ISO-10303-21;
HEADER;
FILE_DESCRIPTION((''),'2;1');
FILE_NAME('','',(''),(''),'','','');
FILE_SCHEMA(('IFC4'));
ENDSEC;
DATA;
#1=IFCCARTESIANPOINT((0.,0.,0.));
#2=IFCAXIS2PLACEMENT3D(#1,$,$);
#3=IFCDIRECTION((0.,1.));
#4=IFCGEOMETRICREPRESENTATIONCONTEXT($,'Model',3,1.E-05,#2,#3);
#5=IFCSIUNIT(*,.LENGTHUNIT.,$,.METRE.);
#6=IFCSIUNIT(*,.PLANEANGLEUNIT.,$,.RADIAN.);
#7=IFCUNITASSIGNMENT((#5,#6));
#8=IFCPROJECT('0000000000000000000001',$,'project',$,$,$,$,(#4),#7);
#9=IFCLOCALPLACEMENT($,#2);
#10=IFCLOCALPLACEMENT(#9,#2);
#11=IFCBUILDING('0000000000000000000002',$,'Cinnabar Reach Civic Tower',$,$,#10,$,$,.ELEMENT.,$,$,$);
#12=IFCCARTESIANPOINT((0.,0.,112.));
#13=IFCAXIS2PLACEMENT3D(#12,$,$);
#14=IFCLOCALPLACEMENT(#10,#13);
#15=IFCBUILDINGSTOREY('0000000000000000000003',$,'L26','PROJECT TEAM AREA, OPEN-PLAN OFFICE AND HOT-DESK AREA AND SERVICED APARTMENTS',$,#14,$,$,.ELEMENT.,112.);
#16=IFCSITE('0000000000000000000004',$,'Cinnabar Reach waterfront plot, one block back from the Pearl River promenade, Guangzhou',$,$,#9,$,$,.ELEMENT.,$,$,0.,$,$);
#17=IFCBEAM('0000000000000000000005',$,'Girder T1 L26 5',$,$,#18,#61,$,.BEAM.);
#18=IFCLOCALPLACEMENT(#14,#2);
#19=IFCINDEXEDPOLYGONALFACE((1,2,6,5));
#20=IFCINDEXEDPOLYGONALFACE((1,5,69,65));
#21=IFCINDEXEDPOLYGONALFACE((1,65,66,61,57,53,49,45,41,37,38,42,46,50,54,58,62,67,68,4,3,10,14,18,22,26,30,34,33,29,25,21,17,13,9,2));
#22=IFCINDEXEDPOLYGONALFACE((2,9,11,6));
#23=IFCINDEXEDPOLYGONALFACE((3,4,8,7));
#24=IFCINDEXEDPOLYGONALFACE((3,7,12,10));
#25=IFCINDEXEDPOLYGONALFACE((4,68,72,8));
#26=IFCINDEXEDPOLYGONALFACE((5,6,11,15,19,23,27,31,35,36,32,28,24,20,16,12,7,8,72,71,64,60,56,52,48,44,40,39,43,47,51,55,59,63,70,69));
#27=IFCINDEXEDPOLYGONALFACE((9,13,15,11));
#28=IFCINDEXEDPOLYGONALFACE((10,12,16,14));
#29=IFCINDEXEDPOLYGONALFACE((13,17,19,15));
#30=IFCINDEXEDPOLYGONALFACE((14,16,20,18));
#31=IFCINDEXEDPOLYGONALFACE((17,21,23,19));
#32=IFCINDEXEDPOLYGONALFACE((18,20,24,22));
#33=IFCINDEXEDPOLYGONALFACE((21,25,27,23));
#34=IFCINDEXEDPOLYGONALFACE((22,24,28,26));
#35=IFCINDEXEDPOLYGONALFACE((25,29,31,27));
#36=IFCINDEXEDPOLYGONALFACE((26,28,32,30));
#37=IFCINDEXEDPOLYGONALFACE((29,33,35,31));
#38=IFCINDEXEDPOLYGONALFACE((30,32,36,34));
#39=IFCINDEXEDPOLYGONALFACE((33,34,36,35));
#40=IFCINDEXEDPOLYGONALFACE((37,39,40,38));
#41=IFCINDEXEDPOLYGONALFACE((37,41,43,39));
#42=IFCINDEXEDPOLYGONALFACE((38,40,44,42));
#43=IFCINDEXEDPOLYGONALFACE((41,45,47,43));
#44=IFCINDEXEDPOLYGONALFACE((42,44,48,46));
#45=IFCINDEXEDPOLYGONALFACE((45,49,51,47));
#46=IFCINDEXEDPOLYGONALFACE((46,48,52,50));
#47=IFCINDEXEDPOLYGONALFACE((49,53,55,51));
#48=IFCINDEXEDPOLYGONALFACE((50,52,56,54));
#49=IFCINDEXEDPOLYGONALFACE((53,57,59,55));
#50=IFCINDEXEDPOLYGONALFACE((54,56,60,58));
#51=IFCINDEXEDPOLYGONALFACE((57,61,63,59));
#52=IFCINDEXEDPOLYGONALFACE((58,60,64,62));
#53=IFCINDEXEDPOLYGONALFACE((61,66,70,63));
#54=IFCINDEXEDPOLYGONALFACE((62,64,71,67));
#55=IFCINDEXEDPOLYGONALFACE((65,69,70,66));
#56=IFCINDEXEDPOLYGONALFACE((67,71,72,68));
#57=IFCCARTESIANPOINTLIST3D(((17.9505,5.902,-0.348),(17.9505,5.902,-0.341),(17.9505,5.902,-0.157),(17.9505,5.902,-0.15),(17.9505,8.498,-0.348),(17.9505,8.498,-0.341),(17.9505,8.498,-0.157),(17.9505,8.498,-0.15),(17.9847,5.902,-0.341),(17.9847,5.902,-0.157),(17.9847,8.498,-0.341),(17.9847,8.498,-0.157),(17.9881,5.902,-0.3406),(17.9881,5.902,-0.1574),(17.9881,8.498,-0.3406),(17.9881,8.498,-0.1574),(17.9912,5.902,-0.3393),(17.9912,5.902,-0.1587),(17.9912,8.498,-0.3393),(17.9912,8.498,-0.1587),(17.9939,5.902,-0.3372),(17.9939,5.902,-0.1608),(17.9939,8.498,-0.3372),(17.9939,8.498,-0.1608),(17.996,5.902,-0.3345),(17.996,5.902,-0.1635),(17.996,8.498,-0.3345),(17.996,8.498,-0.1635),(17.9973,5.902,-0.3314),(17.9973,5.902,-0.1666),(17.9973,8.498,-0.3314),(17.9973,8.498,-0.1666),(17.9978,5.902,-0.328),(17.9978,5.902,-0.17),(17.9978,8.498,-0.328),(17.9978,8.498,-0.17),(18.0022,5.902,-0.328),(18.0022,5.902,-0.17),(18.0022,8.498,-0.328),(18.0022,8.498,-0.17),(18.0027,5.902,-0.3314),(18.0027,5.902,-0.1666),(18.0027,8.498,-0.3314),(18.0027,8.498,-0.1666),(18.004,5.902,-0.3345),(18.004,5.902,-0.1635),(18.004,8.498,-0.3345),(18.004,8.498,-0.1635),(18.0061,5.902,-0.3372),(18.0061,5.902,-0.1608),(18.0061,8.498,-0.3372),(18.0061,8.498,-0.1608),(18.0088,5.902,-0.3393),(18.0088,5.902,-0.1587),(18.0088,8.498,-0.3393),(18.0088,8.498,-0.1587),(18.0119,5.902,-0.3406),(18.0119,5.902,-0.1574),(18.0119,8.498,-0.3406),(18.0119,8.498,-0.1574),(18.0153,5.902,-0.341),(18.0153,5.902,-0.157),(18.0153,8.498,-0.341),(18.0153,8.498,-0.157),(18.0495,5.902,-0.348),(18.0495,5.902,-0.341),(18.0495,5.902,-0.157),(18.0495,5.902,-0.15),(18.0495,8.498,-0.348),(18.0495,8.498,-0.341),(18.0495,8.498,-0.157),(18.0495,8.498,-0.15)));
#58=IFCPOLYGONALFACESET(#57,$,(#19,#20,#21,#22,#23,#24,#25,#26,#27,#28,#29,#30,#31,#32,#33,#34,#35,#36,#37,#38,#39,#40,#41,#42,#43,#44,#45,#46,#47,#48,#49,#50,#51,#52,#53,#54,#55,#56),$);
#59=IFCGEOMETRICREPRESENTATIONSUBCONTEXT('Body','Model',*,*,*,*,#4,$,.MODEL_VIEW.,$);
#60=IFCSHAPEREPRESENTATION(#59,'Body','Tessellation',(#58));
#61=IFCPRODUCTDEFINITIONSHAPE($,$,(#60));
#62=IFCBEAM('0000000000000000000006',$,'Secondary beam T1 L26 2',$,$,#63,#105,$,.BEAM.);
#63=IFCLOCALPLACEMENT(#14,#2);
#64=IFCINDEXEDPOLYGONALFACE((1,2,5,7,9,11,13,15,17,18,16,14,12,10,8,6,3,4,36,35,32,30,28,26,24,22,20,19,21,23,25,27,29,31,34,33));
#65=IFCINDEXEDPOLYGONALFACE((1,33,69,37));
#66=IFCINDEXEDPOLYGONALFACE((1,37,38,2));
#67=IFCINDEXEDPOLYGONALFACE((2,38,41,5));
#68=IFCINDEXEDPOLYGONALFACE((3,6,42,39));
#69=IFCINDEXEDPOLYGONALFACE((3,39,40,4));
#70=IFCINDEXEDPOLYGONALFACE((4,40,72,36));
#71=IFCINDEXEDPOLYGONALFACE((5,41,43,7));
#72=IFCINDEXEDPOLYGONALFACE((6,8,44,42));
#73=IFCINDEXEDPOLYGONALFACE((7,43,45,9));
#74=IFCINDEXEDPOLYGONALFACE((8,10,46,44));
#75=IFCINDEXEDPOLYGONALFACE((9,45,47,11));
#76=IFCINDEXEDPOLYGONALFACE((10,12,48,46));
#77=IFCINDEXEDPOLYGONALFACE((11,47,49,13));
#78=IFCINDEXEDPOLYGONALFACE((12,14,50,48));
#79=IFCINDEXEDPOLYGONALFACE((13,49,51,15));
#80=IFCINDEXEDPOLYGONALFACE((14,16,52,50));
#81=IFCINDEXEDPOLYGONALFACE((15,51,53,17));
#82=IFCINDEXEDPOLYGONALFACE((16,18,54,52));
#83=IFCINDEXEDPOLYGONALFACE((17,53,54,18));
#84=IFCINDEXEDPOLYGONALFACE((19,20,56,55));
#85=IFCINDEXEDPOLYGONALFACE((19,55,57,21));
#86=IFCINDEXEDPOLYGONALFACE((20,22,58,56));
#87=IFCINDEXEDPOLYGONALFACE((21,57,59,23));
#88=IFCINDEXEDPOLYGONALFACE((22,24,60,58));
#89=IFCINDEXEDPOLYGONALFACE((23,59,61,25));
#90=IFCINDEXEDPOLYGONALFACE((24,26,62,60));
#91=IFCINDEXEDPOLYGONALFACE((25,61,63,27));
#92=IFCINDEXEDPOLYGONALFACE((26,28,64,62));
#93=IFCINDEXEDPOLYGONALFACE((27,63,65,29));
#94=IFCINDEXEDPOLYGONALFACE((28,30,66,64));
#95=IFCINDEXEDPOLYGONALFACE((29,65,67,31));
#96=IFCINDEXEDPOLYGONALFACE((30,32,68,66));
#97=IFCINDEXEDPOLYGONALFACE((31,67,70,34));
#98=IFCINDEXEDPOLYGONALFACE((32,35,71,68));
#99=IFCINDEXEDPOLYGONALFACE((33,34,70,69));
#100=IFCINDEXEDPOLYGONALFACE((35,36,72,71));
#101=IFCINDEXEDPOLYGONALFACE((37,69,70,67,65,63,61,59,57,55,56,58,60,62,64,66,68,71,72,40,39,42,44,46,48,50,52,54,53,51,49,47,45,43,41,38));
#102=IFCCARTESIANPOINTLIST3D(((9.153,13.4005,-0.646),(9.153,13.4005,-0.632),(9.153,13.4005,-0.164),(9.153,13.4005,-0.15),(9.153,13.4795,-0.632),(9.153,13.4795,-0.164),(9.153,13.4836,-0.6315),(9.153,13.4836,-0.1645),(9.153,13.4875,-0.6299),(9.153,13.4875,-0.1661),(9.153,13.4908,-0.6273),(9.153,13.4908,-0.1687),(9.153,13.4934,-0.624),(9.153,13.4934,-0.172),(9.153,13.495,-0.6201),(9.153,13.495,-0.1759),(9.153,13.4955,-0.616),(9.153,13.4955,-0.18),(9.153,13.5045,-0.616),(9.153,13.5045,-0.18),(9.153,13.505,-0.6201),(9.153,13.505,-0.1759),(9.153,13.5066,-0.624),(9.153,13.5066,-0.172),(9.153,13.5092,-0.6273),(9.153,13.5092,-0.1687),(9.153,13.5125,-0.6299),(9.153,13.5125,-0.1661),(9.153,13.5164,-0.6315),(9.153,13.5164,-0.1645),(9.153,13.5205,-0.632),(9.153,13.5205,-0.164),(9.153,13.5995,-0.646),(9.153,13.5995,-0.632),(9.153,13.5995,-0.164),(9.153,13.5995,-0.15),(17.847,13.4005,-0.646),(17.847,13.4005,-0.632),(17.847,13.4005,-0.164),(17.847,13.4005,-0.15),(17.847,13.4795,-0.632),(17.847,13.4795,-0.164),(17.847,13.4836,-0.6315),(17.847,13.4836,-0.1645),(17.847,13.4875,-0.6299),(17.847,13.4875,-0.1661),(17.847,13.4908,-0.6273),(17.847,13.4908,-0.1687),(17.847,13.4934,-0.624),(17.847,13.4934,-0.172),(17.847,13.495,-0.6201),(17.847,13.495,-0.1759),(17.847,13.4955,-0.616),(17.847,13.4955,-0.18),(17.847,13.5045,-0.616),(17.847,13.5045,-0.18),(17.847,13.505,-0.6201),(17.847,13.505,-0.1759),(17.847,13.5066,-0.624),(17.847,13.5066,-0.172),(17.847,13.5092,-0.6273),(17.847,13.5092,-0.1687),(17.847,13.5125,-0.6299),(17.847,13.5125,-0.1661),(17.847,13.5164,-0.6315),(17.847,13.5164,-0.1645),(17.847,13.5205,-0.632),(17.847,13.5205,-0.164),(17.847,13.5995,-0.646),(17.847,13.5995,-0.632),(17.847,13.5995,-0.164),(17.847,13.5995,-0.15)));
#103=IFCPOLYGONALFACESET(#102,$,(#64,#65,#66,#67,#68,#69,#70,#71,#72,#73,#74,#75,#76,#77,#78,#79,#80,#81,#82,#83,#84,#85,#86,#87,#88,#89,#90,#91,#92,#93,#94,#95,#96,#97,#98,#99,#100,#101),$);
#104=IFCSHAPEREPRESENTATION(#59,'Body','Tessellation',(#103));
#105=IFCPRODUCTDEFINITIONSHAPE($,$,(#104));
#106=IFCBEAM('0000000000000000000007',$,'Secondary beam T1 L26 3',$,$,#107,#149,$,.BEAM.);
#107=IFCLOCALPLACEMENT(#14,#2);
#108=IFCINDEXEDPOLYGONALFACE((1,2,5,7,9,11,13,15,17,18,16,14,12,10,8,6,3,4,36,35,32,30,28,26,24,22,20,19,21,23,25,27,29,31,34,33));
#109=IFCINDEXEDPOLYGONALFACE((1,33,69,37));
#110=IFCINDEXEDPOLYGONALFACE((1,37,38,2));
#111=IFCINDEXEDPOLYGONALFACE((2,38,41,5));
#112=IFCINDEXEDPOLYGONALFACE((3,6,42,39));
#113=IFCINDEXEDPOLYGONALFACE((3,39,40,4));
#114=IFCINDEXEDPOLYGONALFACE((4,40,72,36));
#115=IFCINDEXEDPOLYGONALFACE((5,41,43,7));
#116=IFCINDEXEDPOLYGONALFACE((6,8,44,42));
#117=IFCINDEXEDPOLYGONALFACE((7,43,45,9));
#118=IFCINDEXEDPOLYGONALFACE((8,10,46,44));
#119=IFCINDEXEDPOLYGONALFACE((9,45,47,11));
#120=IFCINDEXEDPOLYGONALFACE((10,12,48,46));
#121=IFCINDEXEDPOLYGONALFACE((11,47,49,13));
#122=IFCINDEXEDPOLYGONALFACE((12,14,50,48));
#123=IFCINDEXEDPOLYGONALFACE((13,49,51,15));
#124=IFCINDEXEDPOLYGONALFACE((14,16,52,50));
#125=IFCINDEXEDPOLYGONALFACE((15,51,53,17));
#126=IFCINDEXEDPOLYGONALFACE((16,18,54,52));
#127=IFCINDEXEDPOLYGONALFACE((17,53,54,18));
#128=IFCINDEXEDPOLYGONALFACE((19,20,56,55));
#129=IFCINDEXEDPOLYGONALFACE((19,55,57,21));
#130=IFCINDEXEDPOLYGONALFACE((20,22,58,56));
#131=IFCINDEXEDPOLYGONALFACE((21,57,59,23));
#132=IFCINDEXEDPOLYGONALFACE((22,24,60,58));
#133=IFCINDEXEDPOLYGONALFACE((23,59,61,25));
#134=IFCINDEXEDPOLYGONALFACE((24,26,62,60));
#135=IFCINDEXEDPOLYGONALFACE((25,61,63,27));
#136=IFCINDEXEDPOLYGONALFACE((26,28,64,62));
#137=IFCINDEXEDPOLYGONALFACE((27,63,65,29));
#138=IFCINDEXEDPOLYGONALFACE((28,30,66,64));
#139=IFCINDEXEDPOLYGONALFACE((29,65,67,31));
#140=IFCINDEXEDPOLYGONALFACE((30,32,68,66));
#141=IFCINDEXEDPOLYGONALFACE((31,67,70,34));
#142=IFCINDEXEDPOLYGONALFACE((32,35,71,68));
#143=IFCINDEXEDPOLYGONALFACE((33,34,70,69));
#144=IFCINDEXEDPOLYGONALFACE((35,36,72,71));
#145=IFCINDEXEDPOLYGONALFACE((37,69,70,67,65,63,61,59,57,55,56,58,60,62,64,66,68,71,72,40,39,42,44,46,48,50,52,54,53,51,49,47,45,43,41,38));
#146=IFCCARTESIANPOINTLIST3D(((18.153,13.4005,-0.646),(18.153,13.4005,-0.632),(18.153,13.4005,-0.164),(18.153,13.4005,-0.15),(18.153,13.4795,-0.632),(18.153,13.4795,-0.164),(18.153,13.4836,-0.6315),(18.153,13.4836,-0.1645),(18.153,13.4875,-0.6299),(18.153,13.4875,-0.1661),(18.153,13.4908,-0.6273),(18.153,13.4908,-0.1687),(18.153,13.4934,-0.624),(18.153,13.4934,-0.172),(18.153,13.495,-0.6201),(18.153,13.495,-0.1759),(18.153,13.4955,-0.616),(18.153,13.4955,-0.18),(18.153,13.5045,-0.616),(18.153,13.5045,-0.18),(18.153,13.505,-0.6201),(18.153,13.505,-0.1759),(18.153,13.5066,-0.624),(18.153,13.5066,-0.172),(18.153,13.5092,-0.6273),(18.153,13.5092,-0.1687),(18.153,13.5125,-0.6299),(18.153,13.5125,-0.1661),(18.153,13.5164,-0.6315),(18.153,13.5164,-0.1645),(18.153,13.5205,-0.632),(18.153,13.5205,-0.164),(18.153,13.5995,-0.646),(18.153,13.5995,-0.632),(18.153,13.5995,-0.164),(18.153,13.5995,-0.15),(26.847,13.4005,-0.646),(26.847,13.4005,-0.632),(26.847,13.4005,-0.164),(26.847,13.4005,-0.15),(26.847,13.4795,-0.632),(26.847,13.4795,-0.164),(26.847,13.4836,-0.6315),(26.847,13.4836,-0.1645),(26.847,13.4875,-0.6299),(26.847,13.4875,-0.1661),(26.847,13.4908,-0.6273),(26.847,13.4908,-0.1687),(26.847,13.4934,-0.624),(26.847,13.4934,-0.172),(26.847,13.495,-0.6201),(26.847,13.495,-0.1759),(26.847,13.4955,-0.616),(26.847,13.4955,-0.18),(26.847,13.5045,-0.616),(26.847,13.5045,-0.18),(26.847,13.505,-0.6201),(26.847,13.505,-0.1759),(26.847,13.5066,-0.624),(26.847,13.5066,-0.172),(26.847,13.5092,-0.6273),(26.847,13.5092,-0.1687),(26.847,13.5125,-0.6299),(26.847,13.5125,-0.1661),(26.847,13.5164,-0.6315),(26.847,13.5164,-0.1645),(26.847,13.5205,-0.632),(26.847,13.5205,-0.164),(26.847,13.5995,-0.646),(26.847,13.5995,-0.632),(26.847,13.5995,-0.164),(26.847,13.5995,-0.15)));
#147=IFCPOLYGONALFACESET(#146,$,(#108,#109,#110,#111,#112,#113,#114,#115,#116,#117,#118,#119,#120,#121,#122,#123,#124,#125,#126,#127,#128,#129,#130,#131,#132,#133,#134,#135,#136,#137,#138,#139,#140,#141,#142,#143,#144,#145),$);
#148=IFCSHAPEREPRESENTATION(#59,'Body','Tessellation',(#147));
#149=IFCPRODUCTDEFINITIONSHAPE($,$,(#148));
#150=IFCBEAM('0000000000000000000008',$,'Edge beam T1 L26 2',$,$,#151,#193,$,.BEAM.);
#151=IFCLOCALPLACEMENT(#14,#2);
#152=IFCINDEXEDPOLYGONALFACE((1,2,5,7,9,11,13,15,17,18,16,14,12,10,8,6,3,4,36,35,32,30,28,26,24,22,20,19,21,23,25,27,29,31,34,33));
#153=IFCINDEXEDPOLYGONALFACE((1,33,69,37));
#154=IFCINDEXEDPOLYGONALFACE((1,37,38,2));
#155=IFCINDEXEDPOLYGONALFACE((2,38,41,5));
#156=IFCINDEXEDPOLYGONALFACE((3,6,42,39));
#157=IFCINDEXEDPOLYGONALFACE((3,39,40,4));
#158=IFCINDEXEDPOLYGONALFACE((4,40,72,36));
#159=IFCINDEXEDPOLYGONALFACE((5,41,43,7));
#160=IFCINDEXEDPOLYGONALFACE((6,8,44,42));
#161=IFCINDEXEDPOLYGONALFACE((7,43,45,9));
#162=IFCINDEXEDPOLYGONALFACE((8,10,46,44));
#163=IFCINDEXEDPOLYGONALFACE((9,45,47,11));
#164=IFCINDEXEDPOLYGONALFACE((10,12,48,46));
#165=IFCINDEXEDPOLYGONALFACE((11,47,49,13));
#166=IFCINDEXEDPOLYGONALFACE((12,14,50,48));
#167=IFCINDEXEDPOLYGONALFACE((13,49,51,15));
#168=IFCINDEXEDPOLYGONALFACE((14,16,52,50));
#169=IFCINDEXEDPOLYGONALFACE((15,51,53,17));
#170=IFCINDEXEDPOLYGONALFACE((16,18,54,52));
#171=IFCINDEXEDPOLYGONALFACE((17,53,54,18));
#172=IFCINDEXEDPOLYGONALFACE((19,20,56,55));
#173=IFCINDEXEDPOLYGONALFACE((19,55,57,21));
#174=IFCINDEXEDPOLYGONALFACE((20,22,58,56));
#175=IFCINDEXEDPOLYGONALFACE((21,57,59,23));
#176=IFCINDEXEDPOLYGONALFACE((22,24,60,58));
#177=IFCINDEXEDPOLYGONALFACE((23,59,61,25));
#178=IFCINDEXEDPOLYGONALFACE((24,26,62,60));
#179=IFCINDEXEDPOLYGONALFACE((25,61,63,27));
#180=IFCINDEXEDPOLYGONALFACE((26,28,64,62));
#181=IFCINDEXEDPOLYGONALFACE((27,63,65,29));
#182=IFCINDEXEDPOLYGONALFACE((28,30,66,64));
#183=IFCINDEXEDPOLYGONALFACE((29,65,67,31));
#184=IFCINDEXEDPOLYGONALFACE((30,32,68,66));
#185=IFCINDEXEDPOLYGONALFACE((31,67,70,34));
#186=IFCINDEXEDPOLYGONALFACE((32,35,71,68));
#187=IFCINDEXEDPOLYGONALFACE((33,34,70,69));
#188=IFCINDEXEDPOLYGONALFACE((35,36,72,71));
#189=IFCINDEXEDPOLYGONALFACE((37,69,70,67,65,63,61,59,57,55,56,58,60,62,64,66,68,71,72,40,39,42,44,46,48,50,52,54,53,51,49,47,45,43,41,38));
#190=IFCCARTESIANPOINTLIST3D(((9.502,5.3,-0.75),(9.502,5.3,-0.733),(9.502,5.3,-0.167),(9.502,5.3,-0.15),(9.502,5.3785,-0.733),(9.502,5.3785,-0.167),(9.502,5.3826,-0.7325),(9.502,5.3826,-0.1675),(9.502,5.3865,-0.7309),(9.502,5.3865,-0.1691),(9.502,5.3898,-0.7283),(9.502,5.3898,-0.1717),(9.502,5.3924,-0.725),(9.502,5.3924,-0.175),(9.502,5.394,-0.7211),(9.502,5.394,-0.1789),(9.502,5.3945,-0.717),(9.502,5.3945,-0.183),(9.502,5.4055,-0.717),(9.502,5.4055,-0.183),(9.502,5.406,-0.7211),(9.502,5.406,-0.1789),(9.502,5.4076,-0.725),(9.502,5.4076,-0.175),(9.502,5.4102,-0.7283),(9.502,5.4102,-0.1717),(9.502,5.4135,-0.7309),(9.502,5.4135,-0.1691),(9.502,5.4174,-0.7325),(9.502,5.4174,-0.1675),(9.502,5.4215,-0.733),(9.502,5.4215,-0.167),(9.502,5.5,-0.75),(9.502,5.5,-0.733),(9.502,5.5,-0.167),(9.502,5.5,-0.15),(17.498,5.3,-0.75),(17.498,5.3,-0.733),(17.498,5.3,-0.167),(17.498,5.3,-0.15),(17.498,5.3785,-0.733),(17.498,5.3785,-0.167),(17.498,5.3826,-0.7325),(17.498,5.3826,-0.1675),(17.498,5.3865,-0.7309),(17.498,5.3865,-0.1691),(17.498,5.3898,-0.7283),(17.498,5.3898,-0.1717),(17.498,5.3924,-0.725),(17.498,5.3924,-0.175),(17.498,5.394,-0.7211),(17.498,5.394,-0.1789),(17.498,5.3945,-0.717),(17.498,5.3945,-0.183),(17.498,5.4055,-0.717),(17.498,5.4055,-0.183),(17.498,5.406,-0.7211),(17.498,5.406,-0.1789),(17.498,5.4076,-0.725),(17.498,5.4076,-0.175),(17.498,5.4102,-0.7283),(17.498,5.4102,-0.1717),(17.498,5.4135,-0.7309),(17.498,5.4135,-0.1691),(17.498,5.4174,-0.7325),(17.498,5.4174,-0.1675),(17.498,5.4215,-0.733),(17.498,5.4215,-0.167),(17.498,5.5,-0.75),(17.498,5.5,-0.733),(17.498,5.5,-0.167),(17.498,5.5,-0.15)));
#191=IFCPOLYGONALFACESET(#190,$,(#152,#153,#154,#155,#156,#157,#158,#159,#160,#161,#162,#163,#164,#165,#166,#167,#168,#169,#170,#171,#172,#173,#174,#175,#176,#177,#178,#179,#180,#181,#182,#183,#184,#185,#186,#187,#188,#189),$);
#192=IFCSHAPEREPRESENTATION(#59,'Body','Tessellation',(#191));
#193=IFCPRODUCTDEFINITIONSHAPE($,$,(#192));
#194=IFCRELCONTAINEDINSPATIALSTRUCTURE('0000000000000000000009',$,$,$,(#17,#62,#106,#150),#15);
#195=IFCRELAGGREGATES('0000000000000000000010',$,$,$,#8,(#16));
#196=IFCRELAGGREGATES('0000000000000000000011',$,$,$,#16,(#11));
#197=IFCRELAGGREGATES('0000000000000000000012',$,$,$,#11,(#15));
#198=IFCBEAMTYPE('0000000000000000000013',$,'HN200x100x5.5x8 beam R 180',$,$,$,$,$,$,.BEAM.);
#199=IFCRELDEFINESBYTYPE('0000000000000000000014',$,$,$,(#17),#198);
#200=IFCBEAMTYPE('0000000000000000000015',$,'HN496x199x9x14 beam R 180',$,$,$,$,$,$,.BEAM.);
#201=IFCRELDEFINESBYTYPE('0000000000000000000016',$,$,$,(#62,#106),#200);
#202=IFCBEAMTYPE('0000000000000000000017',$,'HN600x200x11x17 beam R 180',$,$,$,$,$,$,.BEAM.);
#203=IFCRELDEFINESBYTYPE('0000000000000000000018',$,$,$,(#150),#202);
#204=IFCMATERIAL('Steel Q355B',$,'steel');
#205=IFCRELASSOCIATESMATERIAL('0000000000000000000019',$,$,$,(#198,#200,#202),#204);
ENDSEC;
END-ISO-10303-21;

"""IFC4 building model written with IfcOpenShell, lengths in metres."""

from ifc_helpers import new_model, si_unit, direction, frame, origin, origin_2d, place, context, subcontext, project, spatial, i_section, extrude, material, material_profile, profile_set, type_object, element, save


model = new_model("IFC4")

# Units and contexts
model_context = context("Model", 3, precision=1e-05, world=origin(), true_north=direction((0.0, 1.0)))
body_context = subcontext(model_context, "Body", "Model", "MODEL_VIEW")
ifc_project = project(units=[si_unit("LENGTHUNIT", "METRE"), si_unit("PLANEANGLEUNIT", "RADIAN")], contexts=[model_context])

# Site, building, storey
site_placement = place(None, origin())
site = spatial("IfcSite", under=ifc_project, at=site_placement, Name="Cinnabar Reach waterfront plot, one block back from the Pearl River promenade, Guangzhou", CompositionType="ELEMENT", RefElevation=0.0)
building_placement = place(site_placement, origin())
building = spatial("IfcBuilding", under=site, at=building_placement, Name="Cinnabar Reach Civic Tower", CompositionType="ELEMENT")
storey_placement = place(building_placement, frame((0.0, 0.0, 112.0)))
storey = spatial("IfcBuildingStorey", under=building, at=storey_placement, Name="L26", Description="PROJECT TEAM AREA, OPEN-PLAN OFFICE AND HOT-DESK AREA AND SERVICED APARTMENTS", CompositionType="ELEMENT", Elevation=112.0)

# Beams
ifc_material_1 = material(Name="Steel Q355B", Category="steel")
ifc_material_profile_1 = material_profile(ifc_material_1, i_section(OverallWidth=0.099, OverallDepth=0.198, WebThickness=0.0045, FlangeThickness=0.007, FilletRadius=0.013, at=origin_2d()), Name="HN200x100x5.5x8")
ifc_profile_set_1 = profile_set([ifc_material_profile_1], Name="Steel Q355B")
beam_type_1 = type_object("IfcBeamType", Name="HN200x100x5.5x8 beam R 180", PredefinedType="BEAM", material=ifc_profile_set_1)
for number, where, z_axis, x_axis, name in (
    (1, (18.0, 5.902, -0.249), (0.0, 1.0, 0.0), (-1.0, 0.0, 0.0), "Girder T1 L26 5"),
):
    element("IfcBeam", number, at=place(storey_placement, frame(where, z_axis=z_axis, x_axis=x_axis)), inside=storey, type_object=beam_type_1, Name=name, PredefinedType="BEAM", context=body_context, shape_type="SweptSolid", body=[
        extrude(i_section(OverallWidth=0.099, OverallDepth=0.198, WebThickness=0.0045, FlangeThickness=0.007, FilletRadius=0.013, at=origin_2d()), origin(), (0.0, 0.0, 1.0), 2.596),
    ])
ifc_material_profile_2 = material_profile(ifc_material_1, i_section(OverallWidth=0.199, OverallDepth=0.496, WebThickness=0.009, FlangeThickness=0.014, FilletRadius=0.016, at=origin_2d()), Name="HN496x199x9x14")
ifc_profile_set_2 = profile_set([ifc_material_profile_2], Name="Steel Q355B")
beam_type_2 = type_object("IfcBeamType", Name="HN496x199x9x14 beam R 180", PredefinedType="BEAM", material=ifc_profile_set_2)
for number, where, z_axis, x_axis, name in (
    (2, (9.153, 13.5, -0.398), (1.0, 0.0, 0.0), (0.0, 1.0, 0.0), "Secondary beam T1 L26 2"),
    (3, (18.153, 13.5, -0.398), (1.0, 0.0, 0.0), (0.0, 1.0, 0.0), "Secondary beam T1 L26 3"),
):
    element("IfcBeam", number, at=place(storey_placement, frame(where, z_axis=z_axis, x_axis=x_axis)), inside=storey, type_object=beam_type_2, Name=name, PredefinedType="BEAM", context=body_context, shape_type="SweptSolid", body=[
        extrude(i_section(OverallWidth=0.199, OverallDepth=0.496, WebThickness=0.009, FlangeThickness=0.014, FilletRadius=0.016, at=origin_2d()), origin(), (0.0, 0.0, 1.0), 8.694),
    ])
ifc_material_profile_3 = material_profile(ifc_material_1, i_section(OverallWidth=0.2, OverallDepth=0.6, WebThickness=0.011, FlangeThickness=0.017, FilletRadius=0.016, at=origin_2d()), Name="HN600x200x11x17")
ifc_profile_set_3 = profile_set([ifc_material_profile_3], Name="Steel Q355B")
beam_type_3 = type_object("IfcBeamType", Name="HN600x200x11x17 beam R 180", PredefinedType="BEAM", material=ifc_profile_set_3)
for number, where, z_axis, x_axis, name in (
    (4, (9.502, 5.4, -0.45), (1.0, 0.0, 0.0), (0.0, 1.0, 0.0), "Edge beam T1 L26 2"),
):
    element("IfcBeam", number, at=place(storey_placement, frame(where, z_axis=z_axis, x_axis=x_axis)), inside=storey, type_object=beam_type_3, Name=name, PredefinedType="BEAM", context=body_context, shape_type="SweptSolid", body=[
        extrude(i_section(OverallWidth=0.2, OverallDepth=0.6, WebThickness=0.011, FlangeThickness=0.017, FilletRadius=0.016, at=origin_2d()), origin(), (0.0, 0.0, 1.0), 7.996),
    ])

save(model, "model.ifc")
